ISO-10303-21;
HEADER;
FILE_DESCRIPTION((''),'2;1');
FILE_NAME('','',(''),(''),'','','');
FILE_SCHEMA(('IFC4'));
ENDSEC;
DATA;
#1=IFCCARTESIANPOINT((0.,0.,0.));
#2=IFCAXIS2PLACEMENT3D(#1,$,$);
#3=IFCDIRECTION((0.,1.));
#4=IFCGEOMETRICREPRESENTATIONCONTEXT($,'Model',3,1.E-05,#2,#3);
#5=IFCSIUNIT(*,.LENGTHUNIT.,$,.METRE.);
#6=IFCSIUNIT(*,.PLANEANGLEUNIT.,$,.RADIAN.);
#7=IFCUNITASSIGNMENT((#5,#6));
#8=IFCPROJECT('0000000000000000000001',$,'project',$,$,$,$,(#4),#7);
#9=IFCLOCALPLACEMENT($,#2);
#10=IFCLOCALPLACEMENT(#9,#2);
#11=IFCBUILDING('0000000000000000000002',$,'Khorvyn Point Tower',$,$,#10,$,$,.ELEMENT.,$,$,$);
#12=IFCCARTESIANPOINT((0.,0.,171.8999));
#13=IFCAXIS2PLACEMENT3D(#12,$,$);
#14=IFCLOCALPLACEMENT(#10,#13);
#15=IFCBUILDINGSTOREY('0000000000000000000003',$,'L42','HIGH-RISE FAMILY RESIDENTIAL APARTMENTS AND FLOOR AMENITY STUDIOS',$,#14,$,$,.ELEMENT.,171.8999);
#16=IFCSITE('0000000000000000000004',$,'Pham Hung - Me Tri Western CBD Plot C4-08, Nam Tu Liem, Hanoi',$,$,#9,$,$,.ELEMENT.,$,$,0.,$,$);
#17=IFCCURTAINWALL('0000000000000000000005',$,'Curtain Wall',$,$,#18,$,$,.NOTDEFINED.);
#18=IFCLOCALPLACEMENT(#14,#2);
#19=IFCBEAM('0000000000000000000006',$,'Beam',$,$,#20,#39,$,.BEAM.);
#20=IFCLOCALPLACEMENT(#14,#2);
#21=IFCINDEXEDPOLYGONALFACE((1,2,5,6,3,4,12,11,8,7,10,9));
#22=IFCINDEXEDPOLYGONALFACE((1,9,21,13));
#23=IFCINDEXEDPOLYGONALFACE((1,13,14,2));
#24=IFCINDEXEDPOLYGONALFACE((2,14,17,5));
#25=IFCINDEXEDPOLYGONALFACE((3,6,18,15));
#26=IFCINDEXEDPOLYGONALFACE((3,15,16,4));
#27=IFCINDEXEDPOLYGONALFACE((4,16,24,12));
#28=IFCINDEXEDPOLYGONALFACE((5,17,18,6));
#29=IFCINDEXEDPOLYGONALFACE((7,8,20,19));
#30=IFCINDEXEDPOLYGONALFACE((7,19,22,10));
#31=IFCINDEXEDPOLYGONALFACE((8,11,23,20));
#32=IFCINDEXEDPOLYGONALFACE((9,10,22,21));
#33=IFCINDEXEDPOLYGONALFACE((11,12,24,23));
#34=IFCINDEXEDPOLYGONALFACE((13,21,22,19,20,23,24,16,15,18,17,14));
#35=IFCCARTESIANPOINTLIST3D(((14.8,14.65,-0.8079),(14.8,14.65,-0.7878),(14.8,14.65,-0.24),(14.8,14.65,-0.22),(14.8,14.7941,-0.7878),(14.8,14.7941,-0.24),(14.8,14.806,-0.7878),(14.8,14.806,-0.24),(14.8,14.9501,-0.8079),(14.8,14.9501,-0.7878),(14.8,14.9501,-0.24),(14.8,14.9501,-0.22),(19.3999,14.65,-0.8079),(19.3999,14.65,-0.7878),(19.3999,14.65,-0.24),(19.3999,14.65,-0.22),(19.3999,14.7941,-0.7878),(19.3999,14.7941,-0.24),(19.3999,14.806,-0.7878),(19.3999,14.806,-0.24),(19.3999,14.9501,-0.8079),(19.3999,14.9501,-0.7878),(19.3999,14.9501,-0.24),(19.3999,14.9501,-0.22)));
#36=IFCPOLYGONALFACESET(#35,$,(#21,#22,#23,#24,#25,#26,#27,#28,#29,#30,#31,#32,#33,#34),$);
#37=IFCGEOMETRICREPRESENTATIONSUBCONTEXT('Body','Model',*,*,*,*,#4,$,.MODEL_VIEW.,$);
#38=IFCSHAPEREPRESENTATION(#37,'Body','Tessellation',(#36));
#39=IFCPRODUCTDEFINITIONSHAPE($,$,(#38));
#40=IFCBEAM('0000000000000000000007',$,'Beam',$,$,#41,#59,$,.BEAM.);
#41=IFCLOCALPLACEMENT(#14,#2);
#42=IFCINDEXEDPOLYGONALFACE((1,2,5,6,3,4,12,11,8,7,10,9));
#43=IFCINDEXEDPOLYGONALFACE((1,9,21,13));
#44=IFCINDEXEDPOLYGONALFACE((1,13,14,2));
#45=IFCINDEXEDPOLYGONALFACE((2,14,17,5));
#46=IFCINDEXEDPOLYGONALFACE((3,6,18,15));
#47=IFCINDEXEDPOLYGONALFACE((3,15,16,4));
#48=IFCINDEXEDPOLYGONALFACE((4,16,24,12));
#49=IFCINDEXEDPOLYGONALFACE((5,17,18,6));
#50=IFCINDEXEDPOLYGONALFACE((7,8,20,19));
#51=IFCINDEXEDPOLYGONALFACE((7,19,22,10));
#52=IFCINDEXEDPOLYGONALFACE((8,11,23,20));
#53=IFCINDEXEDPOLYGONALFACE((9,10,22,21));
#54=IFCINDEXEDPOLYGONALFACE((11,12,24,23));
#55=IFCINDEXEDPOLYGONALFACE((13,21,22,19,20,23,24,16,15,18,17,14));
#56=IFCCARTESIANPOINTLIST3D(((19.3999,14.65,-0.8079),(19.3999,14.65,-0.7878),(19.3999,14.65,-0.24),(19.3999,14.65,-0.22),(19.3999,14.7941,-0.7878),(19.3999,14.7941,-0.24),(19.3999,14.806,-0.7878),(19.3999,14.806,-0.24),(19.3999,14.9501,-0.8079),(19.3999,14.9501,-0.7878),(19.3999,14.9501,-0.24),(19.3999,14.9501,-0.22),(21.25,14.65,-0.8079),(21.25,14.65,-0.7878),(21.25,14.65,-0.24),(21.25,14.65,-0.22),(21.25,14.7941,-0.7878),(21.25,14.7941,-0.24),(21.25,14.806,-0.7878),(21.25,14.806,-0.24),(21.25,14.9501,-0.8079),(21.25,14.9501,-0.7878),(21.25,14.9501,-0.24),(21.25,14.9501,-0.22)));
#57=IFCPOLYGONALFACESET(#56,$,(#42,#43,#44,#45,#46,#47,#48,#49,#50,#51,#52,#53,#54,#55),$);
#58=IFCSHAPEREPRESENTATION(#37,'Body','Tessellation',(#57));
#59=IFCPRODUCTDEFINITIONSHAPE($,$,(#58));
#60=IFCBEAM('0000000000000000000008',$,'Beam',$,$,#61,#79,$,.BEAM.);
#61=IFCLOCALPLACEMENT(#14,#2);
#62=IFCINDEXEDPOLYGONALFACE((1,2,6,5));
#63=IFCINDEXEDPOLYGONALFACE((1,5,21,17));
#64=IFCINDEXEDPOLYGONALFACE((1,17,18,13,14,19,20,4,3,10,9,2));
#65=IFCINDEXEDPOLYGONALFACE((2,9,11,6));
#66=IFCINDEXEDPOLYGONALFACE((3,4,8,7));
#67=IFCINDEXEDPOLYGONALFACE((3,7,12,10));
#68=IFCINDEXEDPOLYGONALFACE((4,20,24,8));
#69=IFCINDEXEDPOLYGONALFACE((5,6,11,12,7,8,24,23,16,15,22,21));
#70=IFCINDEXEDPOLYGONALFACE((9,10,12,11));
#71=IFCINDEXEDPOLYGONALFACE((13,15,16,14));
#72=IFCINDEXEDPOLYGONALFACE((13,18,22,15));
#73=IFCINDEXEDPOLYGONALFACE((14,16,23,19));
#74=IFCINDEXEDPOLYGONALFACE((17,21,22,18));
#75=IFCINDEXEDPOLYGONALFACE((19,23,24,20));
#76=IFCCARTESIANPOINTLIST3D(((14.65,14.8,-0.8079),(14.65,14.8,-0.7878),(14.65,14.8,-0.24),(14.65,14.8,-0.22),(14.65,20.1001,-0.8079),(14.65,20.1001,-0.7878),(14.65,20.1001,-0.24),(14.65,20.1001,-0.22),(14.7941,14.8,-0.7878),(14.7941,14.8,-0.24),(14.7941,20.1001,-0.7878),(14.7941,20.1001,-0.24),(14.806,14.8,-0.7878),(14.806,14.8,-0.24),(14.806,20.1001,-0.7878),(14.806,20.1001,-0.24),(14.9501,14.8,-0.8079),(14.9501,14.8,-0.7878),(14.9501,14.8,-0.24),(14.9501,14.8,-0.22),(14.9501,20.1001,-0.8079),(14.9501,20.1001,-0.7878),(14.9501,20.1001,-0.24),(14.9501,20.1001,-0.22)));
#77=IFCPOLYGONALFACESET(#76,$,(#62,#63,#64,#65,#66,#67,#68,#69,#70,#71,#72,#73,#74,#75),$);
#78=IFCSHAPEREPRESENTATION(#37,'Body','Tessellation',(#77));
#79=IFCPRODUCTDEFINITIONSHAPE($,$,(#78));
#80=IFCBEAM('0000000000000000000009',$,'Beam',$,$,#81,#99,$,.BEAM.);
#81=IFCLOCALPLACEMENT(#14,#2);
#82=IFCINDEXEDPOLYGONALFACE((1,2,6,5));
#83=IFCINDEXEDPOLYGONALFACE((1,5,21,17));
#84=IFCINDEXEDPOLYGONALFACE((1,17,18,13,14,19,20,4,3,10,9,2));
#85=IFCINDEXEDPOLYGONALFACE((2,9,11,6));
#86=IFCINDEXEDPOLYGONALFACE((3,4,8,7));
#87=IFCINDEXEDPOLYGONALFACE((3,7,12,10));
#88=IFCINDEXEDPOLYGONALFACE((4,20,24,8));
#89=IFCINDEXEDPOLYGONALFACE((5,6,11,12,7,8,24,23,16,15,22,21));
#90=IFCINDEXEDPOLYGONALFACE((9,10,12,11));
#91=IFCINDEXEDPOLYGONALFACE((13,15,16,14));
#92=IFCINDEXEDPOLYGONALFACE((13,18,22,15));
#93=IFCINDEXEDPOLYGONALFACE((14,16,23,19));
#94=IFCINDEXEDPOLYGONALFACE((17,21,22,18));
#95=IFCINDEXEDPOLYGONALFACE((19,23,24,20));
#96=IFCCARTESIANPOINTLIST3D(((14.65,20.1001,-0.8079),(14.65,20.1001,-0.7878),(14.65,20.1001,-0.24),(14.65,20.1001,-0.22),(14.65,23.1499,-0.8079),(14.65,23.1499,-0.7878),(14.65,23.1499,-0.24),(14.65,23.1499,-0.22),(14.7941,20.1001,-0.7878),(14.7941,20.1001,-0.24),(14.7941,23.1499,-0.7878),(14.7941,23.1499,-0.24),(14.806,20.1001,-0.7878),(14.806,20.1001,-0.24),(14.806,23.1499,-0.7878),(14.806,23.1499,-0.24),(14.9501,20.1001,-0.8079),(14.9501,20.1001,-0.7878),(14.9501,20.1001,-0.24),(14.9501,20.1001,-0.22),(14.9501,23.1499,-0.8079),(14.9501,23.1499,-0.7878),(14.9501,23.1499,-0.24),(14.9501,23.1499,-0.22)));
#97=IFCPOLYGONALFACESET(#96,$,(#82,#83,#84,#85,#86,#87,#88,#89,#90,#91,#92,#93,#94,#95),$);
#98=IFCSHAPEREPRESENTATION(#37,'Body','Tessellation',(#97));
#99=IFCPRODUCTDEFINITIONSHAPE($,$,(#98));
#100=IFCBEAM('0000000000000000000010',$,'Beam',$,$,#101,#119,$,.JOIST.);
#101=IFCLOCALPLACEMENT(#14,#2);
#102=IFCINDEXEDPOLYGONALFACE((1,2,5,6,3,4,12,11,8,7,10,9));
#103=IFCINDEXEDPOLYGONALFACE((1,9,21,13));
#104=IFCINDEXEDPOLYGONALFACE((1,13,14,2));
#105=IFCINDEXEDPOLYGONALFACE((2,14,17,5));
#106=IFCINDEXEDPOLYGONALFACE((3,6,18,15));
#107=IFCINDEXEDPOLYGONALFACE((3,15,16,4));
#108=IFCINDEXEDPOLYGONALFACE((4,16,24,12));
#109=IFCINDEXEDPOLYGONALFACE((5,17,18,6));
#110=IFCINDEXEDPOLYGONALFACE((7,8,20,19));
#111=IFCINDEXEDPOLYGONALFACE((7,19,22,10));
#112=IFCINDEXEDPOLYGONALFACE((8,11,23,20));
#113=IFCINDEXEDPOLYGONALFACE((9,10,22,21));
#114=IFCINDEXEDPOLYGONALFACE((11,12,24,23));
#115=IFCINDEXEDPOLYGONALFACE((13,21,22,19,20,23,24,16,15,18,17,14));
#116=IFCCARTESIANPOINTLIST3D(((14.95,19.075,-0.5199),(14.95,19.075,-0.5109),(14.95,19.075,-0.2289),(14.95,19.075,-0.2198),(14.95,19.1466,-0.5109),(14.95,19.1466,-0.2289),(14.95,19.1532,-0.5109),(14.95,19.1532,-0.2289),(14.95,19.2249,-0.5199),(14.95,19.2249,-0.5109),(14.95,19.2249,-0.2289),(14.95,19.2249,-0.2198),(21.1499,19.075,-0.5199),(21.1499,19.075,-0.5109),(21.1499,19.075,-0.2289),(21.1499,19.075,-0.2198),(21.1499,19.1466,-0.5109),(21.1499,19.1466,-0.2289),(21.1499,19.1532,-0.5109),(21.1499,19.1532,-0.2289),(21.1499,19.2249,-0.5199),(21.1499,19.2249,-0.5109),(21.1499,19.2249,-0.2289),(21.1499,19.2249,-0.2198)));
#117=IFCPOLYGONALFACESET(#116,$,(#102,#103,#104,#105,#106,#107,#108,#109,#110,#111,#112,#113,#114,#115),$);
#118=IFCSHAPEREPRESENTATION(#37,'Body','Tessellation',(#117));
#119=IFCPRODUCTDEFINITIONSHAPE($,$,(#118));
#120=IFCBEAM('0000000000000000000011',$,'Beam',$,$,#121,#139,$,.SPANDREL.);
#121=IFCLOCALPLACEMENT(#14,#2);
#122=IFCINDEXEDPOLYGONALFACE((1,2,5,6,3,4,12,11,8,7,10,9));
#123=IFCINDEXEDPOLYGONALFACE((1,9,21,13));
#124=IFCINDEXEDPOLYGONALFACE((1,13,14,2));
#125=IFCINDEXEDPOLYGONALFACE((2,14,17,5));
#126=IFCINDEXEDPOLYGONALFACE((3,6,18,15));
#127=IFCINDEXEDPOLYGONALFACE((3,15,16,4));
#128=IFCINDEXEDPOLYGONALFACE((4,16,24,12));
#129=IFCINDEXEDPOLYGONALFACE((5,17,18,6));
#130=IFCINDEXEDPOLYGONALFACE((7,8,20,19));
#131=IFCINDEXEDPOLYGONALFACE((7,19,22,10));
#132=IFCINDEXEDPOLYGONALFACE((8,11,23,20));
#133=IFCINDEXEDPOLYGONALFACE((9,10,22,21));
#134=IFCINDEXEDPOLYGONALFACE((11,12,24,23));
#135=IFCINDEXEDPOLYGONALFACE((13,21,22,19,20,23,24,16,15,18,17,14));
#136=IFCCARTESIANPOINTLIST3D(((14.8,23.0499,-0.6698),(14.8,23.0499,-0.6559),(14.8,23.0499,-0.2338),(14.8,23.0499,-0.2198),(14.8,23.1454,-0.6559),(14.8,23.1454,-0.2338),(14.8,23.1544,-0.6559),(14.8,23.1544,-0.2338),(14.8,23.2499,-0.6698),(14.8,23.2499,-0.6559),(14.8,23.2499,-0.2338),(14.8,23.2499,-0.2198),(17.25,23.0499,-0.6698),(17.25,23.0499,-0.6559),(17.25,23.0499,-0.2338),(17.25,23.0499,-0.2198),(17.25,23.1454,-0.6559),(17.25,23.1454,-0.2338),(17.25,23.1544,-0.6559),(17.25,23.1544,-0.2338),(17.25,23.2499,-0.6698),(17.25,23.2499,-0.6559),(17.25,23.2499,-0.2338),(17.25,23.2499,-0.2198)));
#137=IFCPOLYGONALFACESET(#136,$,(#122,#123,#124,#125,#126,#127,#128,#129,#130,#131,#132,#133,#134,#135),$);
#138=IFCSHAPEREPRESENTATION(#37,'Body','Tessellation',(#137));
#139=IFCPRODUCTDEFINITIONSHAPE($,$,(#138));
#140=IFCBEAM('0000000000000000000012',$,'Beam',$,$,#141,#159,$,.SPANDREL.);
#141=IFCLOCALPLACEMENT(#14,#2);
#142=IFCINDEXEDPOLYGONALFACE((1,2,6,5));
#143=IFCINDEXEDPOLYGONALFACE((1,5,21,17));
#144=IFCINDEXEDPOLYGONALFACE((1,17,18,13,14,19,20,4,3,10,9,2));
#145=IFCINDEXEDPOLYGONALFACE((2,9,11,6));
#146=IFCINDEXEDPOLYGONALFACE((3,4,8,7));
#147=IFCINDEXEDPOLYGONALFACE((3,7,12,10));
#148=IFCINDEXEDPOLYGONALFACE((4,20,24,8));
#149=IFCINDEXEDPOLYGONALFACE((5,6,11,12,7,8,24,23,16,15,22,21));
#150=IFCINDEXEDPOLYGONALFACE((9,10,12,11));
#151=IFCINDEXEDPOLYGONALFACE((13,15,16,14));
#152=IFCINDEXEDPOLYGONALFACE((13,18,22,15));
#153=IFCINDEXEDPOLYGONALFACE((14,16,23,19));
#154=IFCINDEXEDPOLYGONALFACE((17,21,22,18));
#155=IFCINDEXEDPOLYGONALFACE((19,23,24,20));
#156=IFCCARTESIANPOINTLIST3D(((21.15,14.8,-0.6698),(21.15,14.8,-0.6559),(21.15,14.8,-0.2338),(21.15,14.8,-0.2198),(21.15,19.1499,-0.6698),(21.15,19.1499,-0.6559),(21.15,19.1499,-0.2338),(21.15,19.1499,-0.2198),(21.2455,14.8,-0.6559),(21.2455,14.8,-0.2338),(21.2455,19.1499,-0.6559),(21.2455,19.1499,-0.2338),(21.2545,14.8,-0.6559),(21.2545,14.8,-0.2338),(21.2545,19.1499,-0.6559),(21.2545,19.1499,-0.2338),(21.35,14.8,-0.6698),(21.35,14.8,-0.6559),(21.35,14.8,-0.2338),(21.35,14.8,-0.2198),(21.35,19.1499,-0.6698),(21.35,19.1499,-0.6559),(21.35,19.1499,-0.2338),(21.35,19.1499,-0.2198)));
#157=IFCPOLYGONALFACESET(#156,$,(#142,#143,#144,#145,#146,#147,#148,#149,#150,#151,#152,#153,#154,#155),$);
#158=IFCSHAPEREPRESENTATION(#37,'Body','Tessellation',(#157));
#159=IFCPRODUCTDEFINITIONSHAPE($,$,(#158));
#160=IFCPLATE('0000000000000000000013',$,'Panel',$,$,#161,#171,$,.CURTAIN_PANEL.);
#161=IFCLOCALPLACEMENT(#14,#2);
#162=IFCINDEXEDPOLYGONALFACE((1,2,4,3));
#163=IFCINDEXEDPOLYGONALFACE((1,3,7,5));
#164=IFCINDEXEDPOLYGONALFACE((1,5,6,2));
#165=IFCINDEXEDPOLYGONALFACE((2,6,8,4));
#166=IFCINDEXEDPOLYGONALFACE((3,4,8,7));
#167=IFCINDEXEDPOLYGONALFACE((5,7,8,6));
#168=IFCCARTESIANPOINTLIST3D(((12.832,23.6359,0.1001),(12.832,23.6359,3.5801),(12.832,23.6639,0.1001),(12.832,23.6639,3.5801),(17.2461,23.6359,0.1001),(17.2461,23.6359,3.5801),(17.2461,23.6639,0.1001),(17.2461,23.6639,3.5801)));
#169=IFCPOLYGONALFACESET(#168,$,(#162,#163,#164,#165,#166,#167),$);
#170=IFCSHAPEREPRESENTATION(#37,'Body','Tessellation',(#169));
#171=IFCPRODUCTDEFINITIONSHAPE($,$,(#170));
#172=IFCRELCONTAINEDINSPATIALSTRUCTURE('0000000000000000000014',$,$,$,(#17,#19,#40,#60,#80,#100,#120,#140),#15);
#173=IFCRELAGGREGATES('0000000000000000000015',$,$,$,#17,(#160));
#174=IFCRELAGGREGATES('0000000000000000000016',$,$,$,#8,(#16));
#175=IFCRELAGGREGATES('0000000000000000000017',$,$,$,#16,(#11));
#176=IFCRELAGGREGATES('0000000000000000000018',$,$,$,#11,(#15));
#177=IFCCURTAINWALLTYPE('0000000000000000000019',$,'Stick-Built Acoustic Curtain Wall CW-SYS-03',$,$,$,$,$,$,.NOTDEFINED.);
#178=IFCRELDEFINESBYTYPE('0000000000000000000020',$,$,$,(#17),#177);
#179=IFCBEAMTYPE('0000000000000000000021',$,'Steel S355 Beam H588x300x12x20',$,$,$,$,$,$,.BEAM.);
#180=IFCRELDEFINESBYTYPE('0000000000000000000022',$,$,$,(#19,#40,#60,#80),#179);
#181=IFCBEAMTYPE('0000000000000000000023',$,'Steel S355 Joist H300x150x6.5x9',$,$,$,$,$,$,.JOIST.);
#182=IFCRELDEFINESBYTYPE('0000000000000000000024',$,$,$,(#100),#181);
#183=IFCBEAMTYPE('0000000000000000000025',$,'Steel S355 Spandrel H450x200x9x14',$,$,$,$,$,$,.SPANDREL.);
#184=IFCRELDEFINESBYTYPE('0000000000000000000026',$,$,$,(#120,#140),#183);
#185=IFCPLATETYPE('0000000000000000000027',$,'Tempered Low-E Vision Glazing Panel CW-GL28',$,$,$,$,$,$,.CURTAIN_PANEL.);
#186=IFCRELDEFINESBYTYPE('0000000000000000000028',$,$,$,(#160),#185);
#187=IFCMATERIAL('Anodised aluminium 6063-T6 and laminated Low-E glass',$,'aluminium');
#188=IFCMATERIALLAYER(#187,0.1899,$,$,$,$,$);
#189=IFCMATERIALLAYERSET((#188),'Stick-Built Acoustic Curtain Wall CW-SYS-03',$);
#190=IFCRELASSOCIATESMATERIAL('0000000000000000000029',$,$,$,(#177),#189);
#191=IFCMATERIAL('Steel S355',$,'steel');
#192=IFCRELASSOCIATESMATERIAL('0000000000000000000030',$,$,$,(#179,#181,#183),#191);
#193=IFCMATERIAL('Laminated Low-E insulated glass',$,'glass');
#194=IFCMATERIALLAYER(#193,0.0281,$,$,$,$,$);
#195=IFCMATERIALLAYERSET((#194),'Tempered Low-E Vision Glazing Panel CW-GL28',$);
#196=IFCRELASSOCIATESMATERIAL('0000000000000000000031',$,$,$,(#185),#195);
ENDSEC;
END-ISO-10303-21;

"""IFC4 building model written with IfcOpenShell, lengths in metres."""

from ifc_helpers import new_model, si_unit, direction, frame, origin, origin_2d, place, context, subcontext, project, spatial, rectangle, i_section, extrude, material, layer, layer_set, material_profile, profile_set, type_object, element, aggregate, save


model = new_model("IFC4")

# Units and contexts
model_context = context("Model", 3, precision=1e-05, world=origin(), true_north=direction((0.0, 1.0)))
body_context = subcontext(model_context, "Body", "Model", "MODEL_VIEW")
ifc_project = project(units=[si_unit("LENGTHUNIT", "METRE"), si_unit("PLANEANGLEUNIT", "RADIAN")], contexts=[model_context])

# Site, building, storey
site_placement = place(None, origin())
site = spatial("IfcSite", under=ifc_project, at=site_placement, Name="Pham Hung - Me Tri Western CBD Plot C4-08, Nam Tu Liem, Hanoi", CompositionType="ELEMENT", RefElevation=0.0)
building_placement = place(site_placement, origin())
building = spatial("IfcBuilding", under=site, at=building_placement, Name="Khorvyn Point Tower", CompositionType="ELEMENT")
storey_placement = place(building_placement, frame((0.0, 0.0, 171.8999)))
storey = spatial("IfcBuildingStorey", under=building, at=storey_placement, Name="L42", Description="HIGH-RISE FAMILY RESIDENTIAL APARTMENTS AND FLOOR AMENITY STUDIOS", CompositionType="ELEMENT", Elevation=171.8999)

# Curtain wall
ifc_material_1 = material(Name="Anodised aluminium 6063-T6 and laminated Low-E glass", Category="aluminium")
ifc_layer_1 = layer(ifc_material_1, 0.1899)
ifc_layer_set_1 = layer_set([ifc_layer_1], Name="Stick-Built Acoustic Curtain Wall CW-SYS-03")
curtain_wall_type = type_object("IfcCurtainWallType", Name="Stick-Built Acoustic Curtain Wall CW-SYS-03", PredefinedType="NOTDEFINED", material=ifc_layer_set_1)
curtain_wall_1_placement = place(storey_placement, origin())
curtain_wall_1 = element("IfcCurtainWall", 1, at=curtain_wall_1_placement, inside=storey, type_object=curtain_wall_type, Name="Curtain Wall", PredefinedType="NOTDEFINED")

# Beams
ifc_material_2 = material(Name="Steel S355", Category="steel")
ifc_material_profile_1 = material_profile(ifc_material_2, i_section(OverallWidth=0.3, OverallDepth=0.5879, WebThickness=0.012, FlangeThickness=0.02, at=origin_2d()))
ifc_profile_set_1 = profile_set([ifc_material_profile_1], Name="Steel S355 H588x300x12x20")
beam_type_1 = type_object("IfcBeamType", Name="Steel S355 Beam H588x300x12x20", PredefinedType="BEAM", material=ifc_profile_set_1)
beam_1_placement = place(storey_placement, frame((14.8, 14.8, -0.5139), z_axis=(1.0, 0.0, 0.0), x_axis=(0.0, 1.0, 0.0)))
element("IfcBeam", 2, at=beam_1_placement, inside=storey, type_object=beam_type_1, Name="Beam", PredefinedType="BEAM", context=body_context, shape_type="SweptSolid", body=[
    extrude(i_section(OverallWidth=0.3, OverallDepth=0.5879, WebThickness=0.012, FlangeThickness=0.02, at=origin_2d()), origin(), (0.0, 0.0, 1.0), 4.5999),
])
beam_2_placement = place(storey_placement, frame((19.3999, 14.8, -0.5139), z_axis=(1.0, 0.0, 0.0), x_axis=(0.0, 1.0, 0.0)))
element("IfcBeam", 3, at=beam_2_placement, inside=storey, type_object=beam_type_1, Name="Beam", PredefinedType="BEAM", context=body_context, shape_type="SweptSolid", body=[
    extrude(i_section(OverallWidth=0.3, OverallDepth=0.5879, WebThickness=0.012, FlangeThickness=0.02, at=origin_2d()), origin(), (0.0, 0.0, 1.0), 1.8501),
])
beam_3_placement = place(storey_placement, frame((14.8, 14.8, -0.5139), z_axis=(0.0, 1.0, 0.0), x_axis=(-1.0, 0.0, 0.0)))
element("IfcBeam", 4, at=beam_3_placement, inside=storey, type_object=beam_type_1, Name="Beam", PredefinedType="BEAM", context=body_context, shape_type="SweptSolid", body=[
    extrude(i_section(OverallWidth=0.3, OverallDepth=0.5879, WebThickness=0.012, FlangeThickness=0.02, at=origin_2d()), origin(), (0.0, 0.0, 1.0), 5.3),
])
beam_4_placement = place(storey_placement, frame((14.8, 20.1001, -0.5139), z_axis=(0.0, 1.0, 0.0), x_axis=(-1.0, 0.0, 0.0)))
element("IfcBeam", 5, at=beam_4_placement, inside=storey, type_object=beam_type_1, Name="Beam", PredefinedType="BEAM", context=body_context, shape_type="SweptSolid", body=[
    extrude(i_section(OverallWidth=0.3, OverallDepth=0.5879, WebThickness=0.012, FlangeThickness=0.02, at=origin_2d()), origin(), (0.0, 0.0, 1.0), 3.0498),
])
ifc_material_profile_2 = material_profile(ifc_material_2, i_section(OverallWidth=0.1499, OverallDepth=0.3, WebThickness=0.0066, FlangeThickness=0.009, at=origin_2d()))
ifc_profile_set_2 = profile_set([ifc_material_profile_2], Name="Steel S355 H300x150x6.5x9")
beam_type_2 = type_object("IfcBeamType", Name="Steel S355 Joist H300x150x6.5x9", PredefinedType="JOIST", material=ifc_profile_set_2)
beam_5_placement = place(storey_placement, frame((14.95, 19.1499, -0.3699), z_axis=(1.0, 0.0, 0.0), x_axis=(0.0, 1.0, 0.0)))
element("IfcBeam", 6, at=beam_5_placement, inside=storey, type_object=beam_type_2, Name="Beam", PredefinedType="JOIST", context=body_context, shape_type="SweptSolid", body=[
    extrude(i_section(OverallWidth=0.1499, OverallDepth=0.3, WebThickness=0.0066, FlangeThickness=0.009, at=origin_2d()), origin(), (0.0, 0.0, 1.0), 6.2),
])
ifc_material_profile_3 = material_profile(ifc_material_2, i_section(OverallWidth=0.2, OverallDepth=0.45, WebThickness=0.009, FlangeThickness=0.0139, at=origin_2d()))
ifc_profile_set_3 = profile_set([ifc_material_profile_3], Name="Steel S355 H450x200x9x14")
beam_type_3 = type_object("IfcBeamType", Name="Steel S355 Spandrel H450x200x9x14", PredefinedType="SPANDREL", material=ifc_profile_set_3)
beam_6_placement = place(storey_placement, frame((14.8, 23.1499, -0.4448), z_axis=(1.0, 0.0, 0.0), x_axis=(0.0, 1.0, 0.0)))
element("IfcBeam", 7, at=beam_6_placement, inside=storey, type_object=beam_type_3, Name="Beam", PredefinedType="SPANDREL", context=body_context, shape_type="SweptSolid", body=[
    extrude(i_section(OverallWidth=0.2, OverallDepth=0.45, WebThickness=0.009, FlangeThickness=0.0139, at=origin_2d()), origin(), (0.0, 0.0, 1.0), 2.45),
])
beam_7_placement = place(storey_placement, frame((21.25, 14.8, -0.4448), z_axis=(0.0, 1.0, 0.0), x_axis=(-1.0, 0.0, 0.0)))
element("IfcBeam", 8, at=beam_7_placement, inside=storey, type_object=beam_type_3, Name="Beam", PredefinedType="SPANDREL", context=body_context, shape_type="SweptSolid", body=[
    extrude(i_section(OverallWidth=0.2, OverallDepth=0.45, WebThickness=0.009, FlangeThickness=0.0139, at=origin_2d()), origin(), (0.0, 0.0, 1.0), 4.3499),
])

# Plate
ifc_material_3 = material(Name="Laminated Low-E insulated glass", Category="glass")
ifc_layer_2 = layer(ifc_material_3, 0.0281)
ifc_layer_set_2 = layer_set([ifc_layer_2], Name="Tempered Low-E Vision Glazing Panel CW-GL28")
plate_type = type_object("IfcPlateType", Name="Tempered Low-E Vision Glazing Panel CW-GL28", PredefinedType="CURTAIN_PANEL", material=ifc_layer_set_2)
plate_placement = place(storey_placement, frame((15.0391, 23.6499, 0.1001), z_axis=(0.0, 0.0, 1.0), x_axis=(1.0, 0.0, 0.0)))
plate = element("IfcPlate", 9, at=plate_placement, type_object=plate_type, Name="Panel", PredefinedType="CURTAIN_PANEL", context=body_context, shape_type="SweptSolid", body=[
    extrude(rectangle(XDim=4.4141, YDim=0.0281, at=origin_2d()), origin(), (0.0, 0.0, 1.0), 3.48),
])
aggregate(curtain_wall_1, [plate])

save(model, "model.ifc")
